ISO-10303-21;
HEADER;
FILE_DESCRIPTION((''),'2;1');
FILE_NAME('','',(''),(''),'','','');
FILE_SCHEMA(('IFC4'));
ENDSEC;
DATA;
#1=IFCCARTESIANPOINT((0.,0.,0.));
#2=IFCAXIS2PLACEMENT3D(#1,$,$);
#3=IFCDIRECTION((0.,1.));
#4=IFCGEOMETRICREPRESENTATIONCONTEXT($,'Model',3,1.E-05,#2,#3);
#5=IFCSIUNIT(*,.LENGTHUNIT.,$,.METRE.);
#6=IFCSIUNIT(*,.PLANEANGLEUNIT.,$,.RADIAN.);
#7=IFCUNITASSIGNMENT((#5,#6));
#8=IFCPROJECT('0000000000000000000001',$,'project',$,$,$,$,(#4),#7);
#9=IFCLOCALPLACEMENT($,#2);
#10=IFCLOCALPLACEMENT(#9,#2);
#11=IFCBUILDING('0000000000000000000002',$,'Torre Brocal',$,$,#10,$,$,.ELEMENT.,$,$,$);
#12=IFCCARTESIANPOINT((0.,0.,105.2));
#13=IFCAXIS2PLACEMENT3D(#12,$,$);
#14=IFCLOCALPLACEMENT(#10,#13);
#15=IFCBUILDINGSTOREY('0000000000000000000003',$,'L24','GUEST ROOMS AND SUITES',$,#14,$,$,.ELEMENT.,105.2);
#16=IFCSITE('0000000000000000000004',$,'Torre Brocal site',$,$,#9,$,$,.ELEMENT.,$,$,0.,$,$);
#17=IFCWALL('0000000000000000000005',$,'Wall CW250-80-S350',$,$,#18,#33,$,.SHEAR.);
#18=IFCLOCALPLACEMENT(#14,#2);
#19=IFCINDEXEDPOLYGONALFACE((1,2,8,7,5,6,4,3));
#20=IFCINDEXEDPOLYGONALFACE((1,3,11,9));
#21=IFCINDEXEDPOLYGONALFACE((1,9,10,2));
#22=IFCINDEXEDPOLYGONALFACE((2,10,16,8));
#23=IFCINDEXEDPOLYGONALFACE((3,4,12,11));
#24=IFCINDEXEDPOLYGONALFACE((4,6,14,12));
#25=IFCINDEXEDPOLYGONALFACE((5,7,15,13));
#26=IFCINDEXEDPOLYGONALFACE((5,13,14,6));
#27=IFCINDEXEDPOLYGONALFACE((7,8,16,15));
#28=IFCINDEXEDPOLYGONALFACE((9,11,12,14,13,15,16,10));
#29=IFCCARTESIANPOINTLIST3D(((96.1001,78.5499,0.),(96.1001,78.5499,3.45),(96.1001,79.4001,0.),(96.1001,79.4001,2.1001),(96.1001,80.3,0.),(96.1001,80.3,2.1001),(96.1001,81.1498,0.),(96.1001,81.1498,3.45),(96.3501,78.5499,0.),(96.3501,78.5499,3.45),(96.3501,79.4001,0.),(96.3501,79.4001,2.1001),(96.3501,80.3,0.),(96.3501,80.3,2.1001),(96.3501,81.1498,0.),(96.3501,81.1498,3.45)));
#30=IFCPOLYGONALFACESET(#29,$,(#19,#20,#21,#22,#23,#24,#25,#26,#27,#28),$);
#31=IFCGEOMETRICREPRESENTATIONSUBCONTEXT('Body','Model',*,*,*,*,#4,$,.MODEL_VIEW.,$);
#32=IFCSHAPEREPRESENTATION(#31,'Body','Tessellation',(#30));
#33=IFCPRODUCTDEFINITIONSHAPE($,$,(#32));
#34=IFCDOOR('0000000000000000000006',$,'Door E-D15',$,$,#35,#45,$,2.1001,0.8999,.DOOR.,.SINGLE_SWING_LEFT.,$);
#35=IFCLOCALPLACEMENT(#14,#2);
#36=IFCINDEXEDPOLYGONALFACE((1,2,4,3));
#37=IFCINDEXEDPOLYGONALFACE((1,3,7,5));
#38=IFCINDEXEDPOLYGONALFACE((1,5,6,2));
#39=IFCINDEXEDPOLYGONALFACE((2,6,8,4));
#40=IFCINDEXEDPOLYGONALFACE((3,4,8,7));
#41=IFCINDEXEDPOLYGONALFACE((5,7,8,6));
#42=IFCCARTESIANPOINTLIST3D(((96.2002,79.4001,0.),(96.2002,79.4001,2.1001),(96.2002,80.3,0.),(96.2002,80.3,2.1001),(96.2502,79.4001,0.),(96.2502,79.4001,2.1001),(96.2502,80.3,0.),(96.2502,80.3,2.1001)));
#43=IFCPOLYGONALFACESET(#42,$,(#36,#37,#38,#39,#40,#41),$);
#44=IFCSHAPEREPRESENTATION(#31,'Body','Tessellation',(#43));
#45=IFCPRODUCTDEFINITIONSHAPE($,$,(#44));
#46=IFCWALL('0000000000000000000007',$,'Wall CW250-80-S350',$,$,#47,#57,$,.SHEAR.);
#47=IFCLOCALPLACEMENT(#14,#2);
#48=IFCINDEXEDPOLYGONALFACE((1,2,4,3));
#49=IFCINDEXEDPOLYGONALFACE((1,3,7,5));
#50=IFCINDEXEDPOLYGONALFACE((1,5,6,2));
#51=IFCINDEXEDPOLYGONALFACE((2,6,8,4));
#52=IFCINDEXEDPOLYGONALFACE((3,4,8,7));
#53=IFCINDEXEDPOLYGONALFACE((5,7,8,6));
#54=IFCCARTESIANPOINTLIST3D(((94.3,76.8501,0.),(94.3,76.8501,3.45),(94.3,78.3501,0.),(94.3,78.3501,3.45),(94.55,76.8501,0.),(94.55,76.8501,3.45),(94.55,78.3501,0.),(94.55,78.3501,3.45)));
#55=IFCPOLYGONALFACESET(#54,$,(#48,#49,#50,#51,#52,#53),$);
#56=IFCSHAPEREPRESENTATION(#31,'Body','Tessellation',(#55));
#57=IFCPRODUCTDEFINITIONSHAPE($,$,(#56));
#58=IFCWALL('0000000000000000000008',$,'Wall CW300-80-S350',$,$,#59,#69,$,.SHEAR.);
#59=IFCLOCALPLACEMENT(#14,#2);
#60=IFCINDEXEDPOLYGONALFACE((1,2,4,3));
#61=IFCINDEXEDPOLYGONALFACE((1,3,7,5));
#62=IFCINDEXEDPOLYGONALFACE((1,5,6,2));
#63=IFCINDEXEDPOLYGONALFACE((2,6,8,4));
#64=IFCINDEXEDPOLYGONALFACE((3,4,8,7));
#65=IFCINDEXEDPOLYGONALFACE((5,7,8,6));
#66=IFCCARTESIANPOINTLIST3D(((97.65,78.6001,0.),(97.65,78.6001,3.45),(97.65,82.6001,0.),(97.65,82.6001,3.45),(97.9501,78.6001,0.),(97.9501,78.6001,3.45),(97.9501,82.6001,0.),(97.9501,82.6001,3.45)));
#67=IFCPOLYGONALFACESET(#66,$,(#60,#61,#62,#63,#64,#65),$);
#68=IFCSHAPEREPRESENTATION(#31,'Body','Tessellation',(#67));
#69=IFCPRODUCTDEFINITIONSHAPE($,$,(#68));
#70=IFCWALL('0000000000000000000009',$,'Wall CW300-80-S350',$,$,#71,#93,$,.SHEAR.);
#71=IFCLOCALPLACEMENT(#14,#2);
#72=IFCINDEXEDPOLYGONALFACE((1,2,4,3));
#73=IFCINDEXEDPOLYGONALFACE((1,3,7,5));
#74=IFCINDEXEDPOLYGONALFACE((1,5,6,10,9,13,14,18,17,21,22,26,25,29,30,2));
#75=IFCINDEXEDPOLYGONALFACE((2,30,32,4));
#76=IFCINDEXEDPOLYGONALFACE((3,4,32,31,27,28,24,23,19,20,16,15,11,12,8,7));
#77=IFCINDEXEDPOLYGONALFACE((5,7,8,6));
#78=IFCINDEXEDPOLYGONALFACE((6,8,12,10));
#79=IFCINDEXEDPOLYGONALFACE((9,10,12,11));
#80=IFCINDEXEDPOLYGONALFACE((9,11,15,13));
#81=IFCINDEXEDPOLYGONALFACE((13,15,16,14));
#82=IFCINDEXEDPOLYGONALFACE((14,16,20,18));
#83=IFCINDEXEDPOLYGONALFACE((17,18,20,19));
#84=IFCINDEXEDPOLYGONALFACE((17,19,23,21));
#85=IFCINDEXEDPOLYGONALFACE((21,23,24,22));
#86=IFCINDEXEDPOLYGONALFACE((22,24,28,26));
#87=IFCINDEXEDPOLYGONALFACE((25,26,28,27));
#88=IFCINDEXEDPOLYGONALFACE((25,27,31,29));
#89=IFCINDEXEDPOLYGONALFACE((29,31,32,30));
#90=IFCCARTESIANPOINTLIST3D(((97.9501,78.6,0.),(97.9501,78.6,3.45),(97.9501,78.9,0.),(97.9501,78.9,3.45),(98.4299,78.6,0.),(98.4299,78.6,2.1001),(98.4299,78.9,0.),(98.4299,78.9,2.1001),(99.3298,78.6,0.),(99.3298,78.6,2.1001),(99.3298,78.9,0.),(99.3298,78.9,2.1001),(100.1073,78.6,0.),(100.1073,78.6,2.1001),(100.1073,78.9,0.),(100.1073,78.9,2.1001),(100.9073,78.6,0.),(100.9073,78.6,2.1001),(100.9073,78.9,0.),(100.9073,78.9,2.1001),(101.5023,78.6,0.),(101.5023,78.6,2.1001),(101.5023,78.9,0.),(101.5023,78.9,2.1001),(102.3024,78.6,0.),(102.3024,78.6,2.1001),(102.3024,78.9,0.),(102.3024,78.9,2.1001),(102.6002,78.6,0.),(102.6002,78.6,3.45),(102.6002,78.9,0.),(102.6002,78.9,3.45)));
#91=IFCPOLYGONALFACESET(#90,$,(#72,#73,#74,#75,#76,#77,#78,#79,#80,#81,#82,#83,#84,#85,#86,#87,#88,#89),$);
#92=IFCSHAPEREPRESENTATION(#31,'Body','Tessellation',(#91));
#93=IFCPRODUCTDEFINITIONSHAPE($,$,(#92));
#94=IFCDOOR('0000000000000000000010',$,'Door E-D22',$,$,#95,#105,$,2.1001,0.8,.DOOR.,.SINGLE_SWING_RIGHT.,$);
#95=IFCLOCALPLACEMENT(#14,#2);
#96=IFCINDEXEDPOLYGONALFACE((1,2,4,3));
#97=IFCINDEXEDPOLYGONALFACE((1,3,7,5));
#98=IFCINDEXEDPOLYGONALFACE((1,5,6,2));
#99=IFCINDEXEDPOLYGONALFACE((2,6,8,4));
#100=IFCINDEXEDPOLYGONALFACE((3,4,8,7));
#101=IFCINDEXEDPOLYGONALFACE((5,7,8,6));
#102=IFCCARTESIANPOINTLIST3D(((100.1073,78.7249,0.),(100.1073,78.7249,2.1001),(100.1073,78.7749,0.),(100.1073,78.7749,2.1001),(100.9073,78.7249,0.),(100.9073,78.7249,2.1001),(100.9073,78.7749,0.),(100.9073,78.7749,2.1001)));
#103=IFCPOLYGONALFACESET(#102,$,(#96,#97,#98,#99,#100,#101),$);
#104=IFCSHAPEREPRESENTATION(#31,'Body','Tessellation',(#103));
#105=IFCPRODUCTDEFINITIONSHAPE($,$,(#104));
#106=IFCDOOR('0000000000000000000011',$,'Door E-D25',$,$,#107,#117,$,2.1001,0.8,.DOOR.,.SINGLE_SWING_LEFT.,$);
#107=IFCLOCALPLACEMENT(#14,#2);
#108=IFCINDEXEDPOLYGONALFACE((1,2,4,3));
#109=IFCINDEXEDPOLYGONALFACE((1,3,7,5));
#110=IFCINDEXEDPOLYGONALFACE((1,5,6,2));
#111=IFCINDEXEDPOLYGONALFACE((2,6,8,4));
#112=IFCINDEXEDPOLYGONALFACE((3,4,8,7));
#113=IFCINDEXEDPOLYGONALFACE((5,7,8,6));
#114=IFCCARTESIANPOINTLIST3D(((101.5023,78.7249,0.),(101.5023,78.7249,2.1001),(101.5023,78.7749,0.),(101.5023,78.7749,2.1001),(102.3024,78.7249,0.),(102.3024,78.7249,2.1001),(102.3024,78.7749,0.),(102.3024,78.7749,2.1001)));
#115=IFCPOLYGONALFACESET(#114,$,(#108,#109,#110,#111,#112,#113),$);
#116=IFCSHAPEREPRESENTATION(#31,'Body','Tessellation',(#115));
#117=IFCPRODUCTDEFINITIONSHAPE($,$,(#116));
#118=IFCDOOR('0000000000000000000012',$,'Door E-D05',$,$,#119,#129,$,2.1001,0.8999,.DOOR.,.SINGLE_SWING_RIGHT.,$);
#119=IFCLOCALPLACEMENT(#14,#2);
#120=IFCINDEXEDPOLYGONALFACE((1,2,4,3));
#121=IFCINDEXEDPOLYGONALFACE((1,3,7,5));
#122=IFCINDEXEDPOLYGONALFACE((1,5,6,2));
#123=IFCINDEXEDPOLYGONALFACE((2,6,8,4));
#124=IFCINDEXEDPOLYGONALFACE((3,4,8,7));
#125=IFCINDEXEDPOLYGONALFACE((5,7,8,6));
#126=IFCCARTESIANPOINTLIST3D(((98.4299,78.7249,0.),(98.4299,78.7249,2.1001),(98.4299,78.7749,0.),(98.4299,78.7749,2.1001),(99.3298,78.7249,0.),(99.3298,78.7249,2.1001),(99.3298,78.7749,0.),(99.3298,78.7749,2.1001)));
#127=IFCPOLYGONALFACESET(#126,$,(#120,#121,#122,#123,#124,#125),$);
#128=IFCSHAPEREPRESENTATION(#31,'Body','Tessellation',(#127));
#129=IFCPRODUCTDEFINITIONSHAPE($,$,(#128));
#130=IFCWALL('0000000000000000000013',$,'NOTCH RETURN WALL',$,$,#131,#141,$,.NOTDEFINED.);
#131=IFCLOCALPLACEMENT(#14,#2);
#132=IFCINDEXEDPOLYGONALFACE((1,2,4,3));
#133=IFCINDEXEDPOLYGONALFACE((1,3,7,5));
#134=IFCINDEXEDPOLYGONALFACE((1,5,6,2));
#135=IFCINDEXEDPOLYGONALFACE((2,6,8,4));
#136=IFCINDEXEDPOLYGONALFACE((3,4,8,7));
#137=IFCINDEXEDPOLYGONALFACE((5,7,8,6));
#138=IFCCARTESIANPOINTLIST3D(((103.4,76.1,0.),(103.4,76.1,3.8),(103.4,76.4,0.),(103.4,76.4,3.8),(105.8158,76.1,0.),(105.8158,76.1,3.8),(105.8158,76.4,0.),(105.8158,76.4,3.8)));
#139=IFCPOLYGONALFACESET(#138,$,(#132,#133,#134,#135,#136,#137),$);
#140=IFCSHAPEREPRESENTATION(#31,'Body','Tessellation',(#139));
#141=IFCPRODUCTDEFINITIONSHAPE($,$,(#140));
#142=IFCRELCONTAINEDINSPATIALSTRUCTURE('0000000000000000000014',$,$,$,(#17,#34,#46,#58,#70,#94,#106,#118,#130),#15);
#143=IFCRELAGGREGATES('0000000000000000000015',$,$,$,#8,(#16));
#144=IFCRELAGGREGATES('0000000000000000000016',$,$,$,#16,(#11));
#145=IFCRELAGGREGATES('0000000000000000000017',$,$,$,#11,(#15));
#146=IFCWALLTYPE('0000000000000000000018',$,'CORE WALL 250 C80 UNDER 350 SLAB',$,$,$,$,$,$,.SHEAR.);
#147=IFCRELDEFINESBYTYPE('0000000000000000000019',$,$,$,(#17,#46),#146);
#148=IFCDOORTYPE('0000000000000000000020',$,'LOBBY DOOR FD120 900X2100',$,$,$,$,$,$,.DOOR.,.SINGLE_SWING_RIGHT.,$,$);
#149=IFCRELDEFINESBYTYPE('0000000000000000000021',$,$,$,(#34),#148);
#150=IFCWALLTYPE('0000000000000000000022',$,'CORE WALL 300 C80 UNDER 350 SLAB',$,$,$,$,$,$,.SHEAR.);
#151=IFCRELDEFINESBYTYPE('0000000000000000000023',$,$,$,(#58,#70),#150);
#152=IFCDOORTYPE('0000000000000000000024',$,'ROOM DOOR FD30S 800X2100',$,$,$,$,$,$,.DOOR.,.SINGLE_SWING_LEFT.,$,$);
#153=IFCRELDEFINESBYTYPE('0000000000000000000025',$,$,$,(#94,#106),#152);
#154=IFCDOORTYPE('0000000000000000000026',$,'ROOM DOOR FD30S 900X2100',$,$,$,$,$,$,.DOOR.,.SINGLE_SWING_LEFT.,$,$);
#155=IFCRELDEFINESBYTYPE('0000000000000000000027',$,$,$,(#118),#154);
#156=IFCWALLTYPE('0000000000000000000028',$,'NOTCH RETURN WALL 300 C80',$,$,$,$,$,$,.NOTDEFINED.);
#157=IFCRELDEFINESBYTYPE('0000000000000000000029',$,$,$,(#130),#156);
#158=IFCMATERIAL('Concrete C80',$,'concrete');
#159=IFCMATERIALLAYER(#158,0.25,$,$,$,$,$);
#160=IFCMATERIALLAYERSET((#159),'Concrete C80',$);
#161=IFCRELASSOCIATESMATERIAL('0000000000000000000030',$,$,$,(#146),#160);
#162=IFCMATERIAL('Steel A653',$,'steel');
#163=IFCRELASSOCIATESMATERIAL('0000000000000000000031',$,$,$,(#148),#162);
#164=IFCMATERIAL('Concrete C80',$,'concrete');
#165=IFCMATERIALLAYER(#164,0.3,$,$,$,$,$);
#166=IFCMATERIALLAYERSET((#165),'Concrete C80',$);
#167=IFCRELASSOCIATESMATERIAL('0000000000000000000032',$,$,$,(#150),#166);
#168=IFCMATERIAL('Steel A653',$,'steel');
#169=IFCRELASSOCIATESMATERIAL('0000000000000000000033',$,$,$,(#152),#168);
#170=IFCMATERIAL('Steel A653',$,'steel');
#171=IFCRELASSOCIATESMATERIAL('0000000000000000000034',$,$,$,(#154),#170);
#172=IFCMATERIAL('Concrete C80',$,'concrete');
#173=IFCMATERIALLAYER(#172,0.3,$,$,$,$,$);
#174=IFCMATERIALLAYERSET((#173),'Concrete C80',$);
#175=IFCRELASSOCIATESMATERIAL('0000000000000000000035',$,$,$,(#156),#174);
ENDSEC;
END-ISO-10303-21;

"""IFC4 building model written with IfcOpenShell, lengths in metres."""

from ifc_helpers import new_model, si_unit, direction, frame, frame_2d, origin, place, context, subcontext, project, spatial, rectangle, extrude, material, layer, layer_set, type_object, element, fill, save


model = new_model("IFC4")

# Units and contexts
model_context = context("Model", 3, precision=1e-05, world=origin(), true_north=direction((0.0, 1.0)))
body_context = subcontext(model_context, "Body", "Model", "MODEL_VIEW")
ifc_project = project(units=[si_unit("LENGTHUNIT", "METRE"), si_unit("PLANEANGLEUNIT", "RADIAN")], contexts=[model_context])

# Site, building, storey
site_placement = place(None, origin())
site = spatial("IfcSite", under=ifc_project, at=site_placement, Name="Torre Brocal site", CompositionType="ELEMENT", RefElevation=0.0)
building_placement = place(site_placement, origin())
building = spatial("IfcBuilding", under=site, at=building_placement, Name="Torre Brocal", CompositionType="ELEMENT")
storey_placement = place(building_placement, frame((0.0, 0.0, 105.2)))
storey = spatial("IfcBuildingStorey", under=building, at=storey_placement, Name="L24", Description="GUEST ROOMS AND SUITES", CompositionType="ELEMENT", Elevation=105.2)

# Wall, opening, door
ifc_material_1 = material(Name="Concrete C80", Category="concrete")
ifc_layer_1 = layer(ifc_material_1, 0.25)
ifc_layer_set_1 = layer_set([ifc_layer_1], Name="Concrete C80")
wall_type_1 = type_object("IfcWallType", Name="CORE WALL 250 C80 UNDER 350 SLAB", PredefinedType="SHEAR", material=ifc_layer_set_1)
wall_1_placement = place(storey_placement, frame((96.2251, 78.55, 0.0), z_axis=(0.0, 0.0, 1.0), x_axis=(0.0, 1.0, 0.0)))
wall_1 = element("IfcWall", 1, at=wall_1_placement, inside=storey, type_object=wall_type_1, Name="Wall CW250-80-S350", PredefinedType="SHEAR", context=body_context, shape_type="SweptSolid", body=[
    extrude(rectangle(XDim=2.5999, YDim=0.25, at=frame_2d((1.2998, 0.0))), origin(), (0.0, 0.0, 1.0), 3.45),
])
opening_1_placement = place(wall_1_placement, frame((0.8501, 0.0, 0.0)))
opening_1 = element("IfcOpeningElement", 2, at=opening_1_placement, cuts=wall_1, PredefinedType="OPENING", context=body_context, shape_type="SweptSolid", body=[
    extrude(rectangle(XDim=0.8999, YDim=2.1001, at=frame_2d((0.45, 1.05))), frame((0.0, 0.135, 0.0), z_axis=(0.0, -1.0, 0.0), x_axis=(1.0, 0.0, 0.0)), (0.0, 0.0, 1.0), 0.27),
])
ifc_material_2 = material(Name="Steel A653", Category="steel")
door_type_1 = type_object("IfcDoorType", Name="LOBBY DOOR FD120 900X2100", OperationType="SINGLE_SWING_RIGHT", PredefinedType="DOOR", material=ifc_material_2)
door_1_placement = place(opening_1_placement, origin())
door_1 = element("IfcDoor", 3, at=door_1_placement, inside=storey, type_object=door_type_1, Name="Door E-D15", OperationType="SINGLE_SWING_LEFT", OverallHeight=2.1001, OverallWidth=0.8999, PredefinedType="DOOR", context=body_context, shape_type="SweptSolid", body=[
    extrude(rectangle(XDim=0.8999, YDim=2.1001, at=frame_2d((0.45, 1.05))), frame((0.0, 0.0249, 0.0), z_axis=(0.0, -1.0, 0.0), x_axis=(1.0, 0.0, 0.0)), (0.0, 0.0, 1.0), 0.05),
])
fill(opening_1, door_1)

# Walls
wall_2_placement = place(storey_placement, frame((94.425, 76.8501, 0.0), z_axis=(0.0, 0.0, 1.0), x_axis=(0.0, 1.0, 0.0)))
element("IfcWall", 4, at=wall_2_placement, inside=storey, type_object=wall_type_1, Name="Wall CW250-80-S350", PredefinedType="SHEAR", context=body_context, shape_type="SweptSolid", body=[
    extrude(rectangle(XDim=1.5, YDim=0.25, at=frame_2d((0.75, 0.0))), origin(), (0.0, 0.0, 1.0), 3.45),
])
ifc_material_3 = material(Name="Concrete C80", Category="concrete")
ifc_layer_2 = layer(ifc_material_3, 0.3)
ifc_layer_set_2 = layer_set([ifc_layer_2], Name="Concrete C80")
wall_type_2 = type_object("IfcWallType", Name="CORE WALL 300 C80 UNDER 350 SLAB", PredefinedType="SHEAR", material=ifc_layer_set_2)
wall_3_placement = place(storey_placement, frame((97.8, 78.6001, 0.0), z_axis=(0.0, 0.0, 1.0), x_axis=(0.0, 1.0, 0.0)))
element("IfcWall", 5, at=wall_3_placement, inside=storey, type_object=wall_type_2, Name="Wall CW300-80-S350", PredefinedType="SHEAR", context=body_context, shape_type="SweptSolid", body=[
    extrude(rectangle(XDim=4.0, YDim=0.3, at=frame_2d((2.0, 0.0))), origin(), (0.0, 0.0, 1.0), 3.45),
])

# Wall, openings, doors
wall_4_placement = place(storey_placement, frame((97.95, 78.75, 0.0), z_axis=(0.0, 0.0, 1.0), x_axis=(1.0, 0.0, 0.0)))
wall_4 = element("IfcWall", 6, at=wall_4_placement, inside=storey, type_object=wall_type_2, Name="Wall CW300-80-S350", PredefinedType="SHEAR", context=body_context, shape_type="SweptSolid", body=[
    extrude(rectangle(XDim=4.6501, YDim=0.3, at=frame_2d((2.3252, 0.0))), origin(), (0.0, 0.0, 1.0), 3.45),
])
opening_2_placement = place(wall_4_placement, frame((0.48, 0.0, 0.0)))
opening_2 = element("IfcOpeningElement", 7, at=opening_2_placement, cuts=wall_4, PredefinedType="OPENING", context=body_context, shape_type="SweptSolid", body=[
    extrude(rectangle(XDim=0.8999, YDim=2.1001, at=frame_2d((0.45, 1.05))), frame((0.0, 0.1599, 0.0), z_axis=(0.0, -1.0, 0.0), x_axis=(1.0, 0.0, 0.0)), (0.0, 0.0, 1.0), 0.3201),
])
opening_3_placement = place(wall_4_placement, frame((2.1575, 0.0, 0.0)))
opening_3 = element("IfcOpeningElement", 8, at=opening_3_placement, cuts=wall_4, PredefinedType="OPENING", context=body_context, shape_type="SweptSolid", body=[
    extrude(rectangle(XDim=0.8, YDim=2.1001, at=frame_2d((0.3999, 1.05))), frame((0.0, 0.1599, 0.0), z_axis=(0.0, -1.0, 0.0), x_axis=(1.0, 0.0, 0.0)), (0.0, 0.0, 1.0), 0.3201),
])
opening_4_placement = place(wall_4_placement, frame((3.5525, 0.0, 0.0)))
opening_4 = element("IfcOpeningElement", 9, at=opening_4_placement, cuts=wall_4, PredefinedType="OPENING", context=body_context, shape_type="SweptSolid", body=[
    extrude(rectangle(XDim=0.8, YDim=2.1001, at=frame_2d((0.3999, 1.05))), frame((0.0, 0.1599, 0.0), z_axis=(0.0, -1.0, 0.0), x_axis=(1.0, 0.0, 0.0)), (0.0, 0.0, 1.0), 0.3201),
])
ifc_material_4 = material(Name="Steel A653", Category="steel")
door_type_2 = type_object("IfcDoorType", Name="ROOM DOOR FD30S 800X2100", OperationType="SINGLE_SWING_LEFT", PredefinedType="DOOR", material=ifc_material_4)
door_2_placement = place(opening_3_placement, origin())
door_2 = element("IfcDoor", 10, at=door_2_placement, inside=storey, type_object=door_type_2, Name="Door E-D22", OperationType="SINGLE_SWING_RIGHT", OverallHeight=2.1001, OverallWidth=0.8, PredefinedType="DOOR", context=body_context, shape_type="SweptSolid", body=[
    extrude(rectangle(XDim=0.8, YDim=2.1001, at=frame_2d((0.3999, 1.05))), frame((0.0, 0.0249, 0.0), z_axis=(0.0, -1.0, 0.0), x_axis=(1.0, 0.0, 0.0)), (0.0, 0.0, 1.0), 0.05),
])
fill(opening_3, door_2)
door_3_placement = place(opening_4_placement, origin())
door_3 = element("IfcDoor", 11, at=door_3_placement, inside=storey, type_object=door_type_2, Name="Door E-D25", OperationType="SINGLE_SWING_LEFT", OverallHeight=2.1001, OverallWidth=0.8, PredefinedType="DOOR", context=body_context, shape_type="SweptSolid", body=[
    extrude(rectangle(XDim=0.8, YDim=2.1001, at=frame_2d((0.3999, 1.05))), frame((0.0, 0.0249, 0.0), z_axis=(0.0, -1.0, 0.0), x_axis=(1.0, 0.0, 0.0)), (0.0, 0.0, 1.0), 0.05),
])
fill(opening_4, door_3)
ifc_material_5 = material(Name="Steel A653", Category="steel")
door_type_3 = type_object("IfcDoorType", Name="ROOM DOOR FD30S 900X2100", OperationType="SINGLE_SWING_LEFT", PredefinedType="DOOR", material=ifc_material_5)
door_4_placement = place(opening_2_placement, origin())
door_4 = element("IfcDoor", 12, at=door_4_placement, inside=storey, type_object=door_type_3, Name="Door E-D05", OperationType="SINGLE_SWING_RIGHT", OverallHeight=2.1001, OverallWidth=0.8999, PredefinedType="DOOR", context=body_context, shape_type="SweptSolid", body=[
    extrude(rectangle(XDim=0.8999, YDim=2.1001, at=frame_2d((0.45, 1.05))), frame((0.0, 0.0249, 0.0), z_axis=(0.0, -1.0, 0.0), x_axis=(1.0, 0.0, 0.0)), (0.0, 0.0, 1.0), 0.05),
])
fill(opening_2, door_4)

# Wall
ifc_material_6 = material(Name="Concrete C80", Category="concrete")
ifc_layer_3 = layer(ifc_material_6, 0.3)
ifc_layer_set_3 = layer_set([ifc_layer_3], Name="Concrete C80")
wall_type_3 = type_object("IfcWallType", Name="NOTCH RETURN WALL 300 C80", PredefinedType="NOTDEFINED", material=ifc_layer_set_3)
wall_5_placement = place(storey_placement, frame((103.3999, 76.25, 0.0), z_axis=(0.0, 0.0, 1.0), x_axis=(1.0, 0.0, 0.0)))
element("IfcWall", 13, at=wall_5_placement, inside=storey, type_object=wall_type_3, Name="NOTCH RETURN WALL", PredefinedType="NOTDEFINED", context=body_context, shape_type="SweptSolid", body=[
    extrude(rectangle(XDim=2.4158, YDim=0.3, at=frame_2d((1.208, 0.0))), origin(), (0.0, 0.0, 1.0), 3.8),
])

save(model, "model.ifc")
